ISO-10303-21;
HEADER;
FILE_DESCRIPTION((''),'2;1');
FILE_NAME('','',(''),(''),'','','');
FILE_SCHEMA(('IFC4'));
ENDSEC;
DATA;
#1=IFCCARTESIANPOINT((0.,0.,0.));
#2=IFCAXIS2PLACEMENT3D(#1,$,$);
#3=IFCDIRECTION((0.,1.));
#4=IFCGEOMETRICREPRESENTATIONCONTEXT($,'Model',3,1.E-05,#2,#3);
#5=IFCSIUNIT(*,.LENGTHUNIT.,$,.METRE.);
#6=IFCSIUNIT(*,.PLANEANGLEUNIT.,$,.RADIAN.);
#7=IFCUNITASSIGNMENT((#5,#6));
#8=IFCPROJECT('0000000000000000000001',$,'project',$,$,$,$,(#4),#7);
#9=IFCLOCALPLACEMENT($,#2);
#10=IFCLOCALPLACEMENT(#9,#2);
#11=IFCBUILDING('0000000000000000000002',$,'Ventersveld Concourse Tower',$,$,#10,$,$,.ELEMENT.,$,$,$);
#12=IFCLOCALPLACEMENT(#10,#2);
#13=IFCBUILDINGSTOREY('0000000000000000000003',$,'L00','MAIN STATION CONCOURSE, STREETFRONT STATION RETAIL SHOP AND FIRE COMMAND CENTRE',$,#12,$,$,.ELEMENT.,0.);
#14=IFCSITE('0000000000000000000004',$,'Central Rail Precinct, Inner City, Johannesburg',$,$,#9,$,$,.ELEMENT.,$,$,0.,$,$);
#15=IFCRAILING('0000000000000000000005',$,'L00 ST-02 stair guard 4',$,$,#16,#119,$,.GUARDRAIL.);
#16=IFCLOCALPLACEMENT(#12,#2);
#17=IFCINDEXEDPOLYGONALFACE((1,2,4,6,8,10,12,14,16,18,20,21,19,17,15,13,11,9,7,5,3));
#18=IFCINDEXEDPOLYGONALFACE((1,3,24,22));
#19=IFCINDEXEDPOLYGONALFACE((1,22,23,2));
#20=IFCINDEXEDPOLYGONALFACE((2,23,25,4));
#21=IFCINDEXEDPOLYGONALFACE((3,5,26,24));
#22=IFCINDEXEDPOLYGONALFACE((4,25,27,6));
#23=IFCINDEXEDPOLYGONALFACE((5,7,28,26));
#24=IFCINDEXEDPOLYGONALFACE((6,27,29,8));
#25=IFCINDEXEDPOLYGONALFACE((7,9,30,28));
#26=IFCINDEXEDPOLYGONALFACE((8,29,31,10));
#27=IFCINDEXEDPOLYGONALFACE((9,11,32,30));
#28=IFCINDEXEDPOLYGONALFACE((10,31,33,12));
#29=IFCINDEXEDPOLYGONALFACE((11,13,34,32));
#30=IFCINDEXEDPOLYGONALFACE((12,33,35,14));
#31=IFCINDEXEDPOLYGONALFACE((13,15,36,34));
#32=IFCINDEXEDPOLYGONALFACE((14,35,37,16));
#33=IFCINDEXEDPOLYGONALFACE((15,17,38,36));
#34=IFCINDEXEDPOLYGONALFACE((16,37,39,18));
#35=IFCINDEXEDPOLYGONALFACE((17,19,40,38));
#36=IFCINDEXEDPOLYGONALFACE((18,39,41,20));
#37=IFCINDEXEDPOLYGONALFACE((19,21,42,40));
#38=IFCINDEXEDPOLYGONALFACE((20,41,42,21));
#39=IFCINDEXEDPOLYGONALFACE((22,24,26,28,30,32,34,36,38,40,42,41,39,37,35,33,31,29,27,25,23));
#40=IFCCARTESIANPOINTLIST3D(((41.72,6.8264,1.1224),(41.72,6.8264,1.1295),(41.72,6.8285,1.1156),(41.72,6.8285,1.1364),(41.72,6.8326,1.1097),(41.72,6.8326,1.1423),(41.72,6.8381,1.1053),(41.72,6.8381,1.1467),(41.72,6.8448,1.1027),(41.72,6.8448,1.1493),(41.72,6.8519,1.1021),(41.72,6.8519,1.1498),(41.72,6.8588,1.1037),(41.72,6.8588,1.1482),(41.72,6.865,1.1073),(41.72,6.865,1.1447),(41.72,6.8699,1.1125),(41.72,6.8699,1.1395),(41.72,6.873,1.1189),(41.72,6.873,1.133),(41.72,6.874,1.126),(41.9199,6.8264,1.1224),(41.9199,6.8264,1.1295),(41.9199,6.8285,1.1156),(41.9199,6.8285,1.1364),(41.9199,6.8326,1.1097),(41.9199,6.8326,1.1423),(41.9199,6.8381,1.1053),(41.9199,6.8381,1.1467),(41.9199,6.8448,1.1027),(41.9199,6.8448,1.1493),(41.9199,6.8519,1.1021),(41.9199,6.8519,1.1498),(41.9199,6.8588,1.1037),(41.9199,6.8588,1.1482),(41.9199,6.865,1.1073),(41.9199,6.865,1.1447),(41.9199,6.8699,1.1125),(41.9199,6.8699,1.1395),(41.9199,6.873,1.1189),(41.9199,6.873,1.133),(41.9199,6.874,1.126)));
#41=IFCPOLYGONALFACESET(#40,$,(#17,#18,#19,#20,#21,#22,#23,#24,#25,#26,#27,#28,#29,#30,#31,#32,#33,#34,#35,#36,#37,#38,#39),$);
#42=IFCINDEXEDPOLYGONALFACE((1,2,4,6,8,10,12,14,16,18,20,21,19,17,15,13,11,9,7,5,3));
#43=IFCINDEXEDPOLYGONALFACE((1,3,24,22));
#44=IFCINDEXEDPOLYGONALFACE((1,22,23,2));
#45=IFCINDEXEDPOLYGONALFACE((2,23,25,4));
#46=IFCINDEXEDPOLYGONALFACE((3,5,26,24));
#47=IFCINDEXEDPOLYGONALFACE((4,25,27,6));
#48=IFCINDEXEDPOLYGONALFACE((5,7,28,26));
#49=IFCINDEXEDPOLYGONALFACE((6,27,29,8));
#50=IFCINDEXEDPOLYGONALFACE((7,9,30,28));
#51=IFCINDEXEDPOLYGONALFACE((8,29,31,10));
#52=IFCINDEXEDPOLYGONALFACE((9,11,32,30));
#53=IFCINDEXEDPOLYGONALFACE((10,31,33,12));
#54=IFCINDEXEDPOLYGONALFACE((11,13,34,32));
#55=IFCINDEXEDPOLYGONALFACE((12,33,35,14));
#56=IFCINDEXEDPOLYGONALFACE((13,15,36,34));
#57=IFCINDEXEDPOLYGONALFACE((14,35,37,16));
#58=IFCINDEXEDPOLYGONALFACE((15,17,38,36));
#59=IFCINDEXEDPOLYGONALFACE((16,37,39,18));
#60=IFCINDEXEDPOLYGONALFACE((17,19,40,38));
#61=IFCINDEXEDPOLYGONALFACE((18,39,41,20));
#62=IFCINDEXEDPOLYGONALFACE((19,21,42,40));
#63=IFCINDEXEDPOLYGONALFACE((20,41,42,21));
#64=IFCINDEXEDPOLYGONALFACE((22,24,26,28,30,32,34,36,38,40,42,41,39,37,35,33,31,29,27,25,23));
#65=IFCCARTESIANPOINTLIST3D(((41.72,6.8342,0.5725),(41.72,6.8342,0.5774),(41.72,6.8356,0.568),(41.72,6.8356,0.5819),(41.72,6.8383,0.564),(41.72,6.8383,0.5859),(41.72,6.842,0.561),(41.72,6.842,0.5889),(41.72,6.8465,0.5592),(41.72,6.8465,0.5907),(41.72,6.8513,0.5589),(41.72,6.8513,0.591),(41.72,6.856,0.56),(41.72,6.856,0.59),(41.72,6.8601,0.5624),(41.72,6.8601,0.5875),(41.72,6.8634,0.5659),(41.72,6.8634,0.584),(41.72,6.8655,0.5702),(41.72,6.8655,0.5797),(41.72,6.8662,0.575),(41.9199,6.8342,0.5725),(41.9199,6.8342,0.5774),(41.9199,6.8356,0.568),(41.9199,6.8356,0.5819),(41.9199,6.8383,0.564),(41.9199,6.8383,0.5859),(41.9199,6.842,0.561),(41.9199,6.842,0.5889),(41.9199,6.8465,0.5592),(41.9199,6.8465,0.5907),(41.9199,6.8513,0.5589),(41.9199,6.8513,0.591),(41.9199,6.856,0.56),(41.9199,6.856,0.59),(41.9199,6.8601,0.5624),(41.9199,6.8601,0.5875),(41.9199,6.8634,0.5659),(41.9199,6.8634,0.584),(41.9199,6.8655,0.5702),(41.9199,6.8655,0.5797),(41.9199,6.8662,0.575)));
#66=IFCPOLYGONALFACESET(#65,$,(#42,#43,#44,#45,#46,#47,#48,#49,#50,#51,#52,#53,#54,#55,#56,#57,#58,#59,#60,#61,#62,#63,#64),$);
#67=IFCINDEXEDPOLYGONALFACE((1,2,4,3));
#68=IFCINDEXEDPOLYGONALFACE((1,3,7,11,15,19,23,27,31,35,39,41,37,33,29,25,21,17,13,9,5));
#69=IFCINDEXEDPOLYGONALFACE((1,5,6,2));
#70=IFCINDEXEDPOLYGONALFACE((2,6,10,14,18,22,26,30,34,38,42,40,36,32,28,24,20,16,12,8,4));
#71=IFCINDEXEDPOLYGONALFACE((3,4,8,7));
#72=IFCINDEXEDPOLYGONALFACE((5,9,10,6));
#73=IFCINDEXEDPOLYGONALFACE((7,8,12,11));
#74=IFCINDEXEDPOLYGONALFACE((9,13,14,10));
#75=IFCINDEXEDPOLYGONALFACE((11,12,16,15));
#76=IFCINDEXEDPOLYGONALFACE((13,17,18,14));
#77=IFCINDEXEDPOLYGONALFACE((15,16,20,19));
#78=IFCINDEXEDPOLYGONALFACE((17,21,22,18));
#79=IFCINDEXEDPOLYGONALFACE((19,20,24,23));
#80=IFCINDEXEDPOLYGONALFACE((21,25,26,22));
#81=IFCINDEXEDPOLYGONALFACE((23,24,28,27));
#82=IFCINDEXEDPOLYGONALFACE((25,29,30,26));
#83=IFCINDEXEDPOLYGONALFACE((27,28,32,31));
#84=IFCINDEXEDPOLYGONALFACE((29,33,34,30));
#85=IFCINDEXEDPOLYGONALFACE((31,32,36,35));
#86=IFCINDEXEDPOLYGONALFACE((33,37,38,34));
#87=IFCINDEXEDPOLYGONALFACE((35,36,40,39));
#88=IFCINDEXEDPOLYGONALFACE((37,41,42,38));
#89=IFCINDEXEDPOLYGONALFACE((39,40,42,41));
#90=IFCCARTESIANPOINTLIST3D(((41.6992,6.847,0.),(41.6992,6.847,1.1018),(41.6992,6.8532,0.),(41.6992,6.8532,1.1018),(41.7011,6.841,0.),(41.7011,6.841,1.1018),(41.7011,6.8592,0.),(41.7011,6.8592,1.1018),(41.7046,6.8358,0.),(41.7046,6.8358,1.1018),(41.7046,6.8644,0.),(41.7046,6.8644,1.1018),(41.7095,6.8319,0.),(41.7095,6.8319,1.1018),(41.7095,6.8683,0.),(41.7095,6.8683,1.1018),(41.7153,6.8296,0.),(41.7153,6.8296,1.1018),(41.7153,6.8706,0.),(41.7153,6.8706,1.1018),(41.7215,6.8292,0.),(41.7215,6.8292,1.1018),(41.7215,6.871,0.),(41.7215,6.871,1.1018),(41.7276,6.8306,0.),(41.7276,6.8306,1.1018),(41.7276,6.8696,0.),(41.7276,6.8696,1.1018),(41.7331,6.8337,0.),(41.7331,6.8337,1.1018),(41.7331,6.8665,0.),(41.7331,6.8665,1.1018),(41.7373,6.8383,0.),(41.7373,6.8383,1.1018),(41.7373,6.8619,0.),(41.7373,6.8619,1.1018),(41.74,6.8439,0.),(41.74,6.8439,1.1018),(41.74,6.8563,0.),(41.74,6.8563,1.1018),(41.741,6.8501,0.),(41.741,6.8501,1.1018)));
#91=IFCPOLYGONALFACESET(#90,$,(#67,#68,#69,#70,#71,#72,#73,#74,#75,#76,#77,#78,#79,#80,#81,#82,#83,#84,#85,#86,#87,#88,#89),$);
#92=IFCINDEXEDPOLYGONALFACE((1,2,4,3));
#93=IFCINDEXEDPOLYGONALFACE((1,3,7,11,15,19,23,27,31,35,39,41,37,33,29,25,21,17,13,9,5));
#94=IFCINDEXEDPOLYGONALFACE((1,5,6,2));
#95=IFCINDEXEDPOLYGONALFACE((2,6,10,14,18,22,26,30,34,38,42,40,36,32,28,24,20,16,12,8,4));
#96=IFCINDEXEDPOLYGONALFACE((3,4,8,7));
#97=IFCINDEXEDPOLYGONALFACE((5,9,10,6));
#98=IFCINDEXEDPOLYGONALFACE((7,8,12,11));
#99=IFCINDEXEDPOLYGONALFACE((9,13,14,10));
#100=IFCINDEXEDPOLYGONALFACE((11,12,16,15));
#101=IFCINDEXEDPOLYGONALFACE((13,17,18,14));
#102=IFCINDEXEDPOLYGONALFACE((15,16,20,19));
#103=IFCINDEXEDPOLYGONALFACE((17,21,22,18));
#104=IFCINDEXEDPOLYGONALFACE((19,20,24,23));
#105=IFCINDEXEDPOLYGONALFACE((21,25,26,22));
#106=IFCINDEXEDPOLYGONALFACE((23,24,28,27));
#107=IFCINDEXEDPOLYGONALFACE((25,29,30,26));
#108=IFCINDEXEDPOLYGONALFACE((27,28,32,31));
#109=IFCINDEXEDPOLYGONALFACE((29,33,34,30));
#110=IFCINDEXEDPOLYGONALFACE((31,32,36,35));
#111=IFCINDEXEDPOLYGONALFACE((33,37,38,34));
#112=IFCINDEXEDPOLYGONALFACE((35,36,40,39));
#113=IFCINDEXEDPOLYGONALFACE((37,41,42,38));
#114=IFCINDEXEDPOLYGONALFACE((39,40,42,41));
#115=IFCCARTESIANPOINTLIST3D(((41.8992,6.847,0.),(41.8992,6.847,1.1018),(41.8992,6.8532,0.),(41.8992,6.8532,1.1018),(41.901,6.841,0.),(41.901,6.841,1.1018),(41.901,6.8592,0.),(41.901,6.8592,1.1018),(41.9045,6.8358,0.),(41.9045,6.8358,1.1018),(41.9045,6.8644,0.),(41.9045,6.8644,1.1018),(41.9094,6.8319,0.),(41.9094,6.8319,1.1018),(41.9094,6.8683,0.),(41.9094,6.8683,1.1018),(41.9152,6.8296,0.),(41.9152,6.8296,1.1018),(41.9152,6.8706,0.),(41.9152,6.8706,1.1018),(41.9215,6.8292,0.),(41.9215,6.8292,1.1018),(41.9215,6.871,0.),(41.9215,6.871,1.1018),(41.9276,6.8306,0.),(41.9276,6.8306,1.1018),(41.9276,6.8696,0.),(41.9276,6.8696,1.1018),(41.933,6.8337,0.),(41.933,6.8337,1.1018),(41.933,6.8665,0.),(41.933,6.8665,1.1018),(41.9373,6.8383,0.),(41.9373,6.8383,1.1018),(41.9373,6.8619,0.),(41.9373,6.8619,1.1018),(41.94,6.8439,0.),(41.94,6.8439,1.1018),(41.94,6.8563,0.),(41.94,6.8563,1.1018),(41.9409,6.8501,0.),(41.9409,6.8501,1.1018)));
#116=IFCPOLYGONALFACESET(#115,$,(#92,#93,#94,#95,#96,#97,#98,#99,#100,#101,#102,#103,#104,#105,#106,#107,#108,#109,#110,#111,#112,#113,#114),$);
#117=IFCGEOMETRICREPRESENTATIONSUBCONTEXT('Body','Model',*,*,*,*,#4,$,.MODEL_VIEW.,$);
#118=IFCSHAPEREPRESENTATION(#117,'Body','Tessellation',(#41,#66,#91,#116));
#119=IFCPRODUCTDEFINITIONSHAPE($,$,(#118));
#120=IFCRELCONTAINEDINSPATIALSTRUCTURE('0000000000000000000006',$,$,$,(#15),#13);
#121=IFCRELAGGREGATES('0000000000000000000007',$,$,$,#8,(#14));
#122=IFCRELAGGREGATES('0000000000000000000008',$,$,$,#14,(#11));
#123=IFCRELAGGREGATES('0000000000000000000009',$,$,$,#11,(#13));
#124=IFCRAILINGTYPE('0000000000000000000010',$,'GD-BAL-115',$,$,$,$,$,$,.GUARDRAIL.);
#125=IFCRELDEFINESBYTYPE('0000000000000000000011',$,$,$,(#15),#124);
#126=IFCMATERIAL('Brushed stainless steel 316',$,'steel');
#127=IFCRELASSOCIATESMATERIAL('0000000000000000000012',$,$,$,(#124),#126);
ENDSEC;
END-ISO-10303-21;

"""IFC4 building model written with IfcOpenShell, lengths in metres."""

from ifc_helpers import new_model, si_unit, direction, frame, origin, origin_2d, place, context, subcontext, project, spatial, circle, extrude, material, type_object, element, save


model = new_model("IFC4")

# Units and contexts
model_context = context("Model", 3, precision=1e-05, world=origin(), true_north=direction((0.0, 1.0)))
body_context = subcontext(model_context, "Body", "Model", "MODEL_VIEW")
ifc_project = project(units=[si_unit("LENGTHUNIT", "METRE"), si_unit("PLANEANGLEUNIT", "RADIAN")], contexts=[model_context])

# Site, building, storey
site_placement = place(None, origin())
site = spatial("IfcSite", under=ifc_project, at=site_placement, Name="Central Rail Precinct, Inner City, Johannesburg", CompositionType="ELEMENT", RefElevation=0.0)
building_placement = place(site_placement, origin())
building = spatial("IfcBuilding", under=site, at=building_placement, Name="Ventersveld Concourse Tower", CompositionType="ELEMENT")
storey_placement = place(building_placement, origin())
storey = spatial("IfcBuildingStorey", under=building, at=storey_placement, Name="L00", Description="MAIN STATION CONCOURSE, STREETFRONT STATION RETAIL SHOP AND FIRE COMMAND CENTRE", CompositionType="ELEMENT", Elevation=0.0)

# Shared definitions
ifc_material_1 = material(Name="Brushed stainless steel 316", Category="steel")

# Railing
railing_type_1 = type_object("IfcRailingType", Name="GD-BAL-115", PredefinedType="GUARDRAIL", material=ifc_material_1)
railing_1_placement = place(storey_placement, frame((41.72, 6.8501, 0.0)))
element("IfcRailing", 1, at=railing_1_placement, inside=storey, type_object=railing_type_1, Name="L00 ST-02 stair guard 4", PredefinedType="GUARDRAIL", context=body_context, shape_type="SweptSolid", body=[
    extrude(circle(Radius=0.0239, at=origin_2d()), frame((0.0, 0.0, 1.126), z_axis=(1.0, 0.0, 0.0), x_axis=(0.0, 1.0, 0.0)), (0.0, 0.0, 1.0), 0.2),
    extrude(circle(Radius=0.0161, at=origin_2d()), frame((0.0, 0.0, 0.575), z_axis=(1.0, 0.0, 0.0), x_axis=(0.0, 1.0, 0.0)), (0.0, 0.0, 1.0), 0.2),
    extrude(circle(Radius=0.021, at=origin_2d()), origin(), (0.0, 0.0, 1.0), 1.1018),
    extrude(circle(Radius=0.021, at=origin_2d()), frame((0.2, 0.0, 0.0)), (0.0, 0.0, 1.0), 1.1018),
])

save(model, "model.ifc")
